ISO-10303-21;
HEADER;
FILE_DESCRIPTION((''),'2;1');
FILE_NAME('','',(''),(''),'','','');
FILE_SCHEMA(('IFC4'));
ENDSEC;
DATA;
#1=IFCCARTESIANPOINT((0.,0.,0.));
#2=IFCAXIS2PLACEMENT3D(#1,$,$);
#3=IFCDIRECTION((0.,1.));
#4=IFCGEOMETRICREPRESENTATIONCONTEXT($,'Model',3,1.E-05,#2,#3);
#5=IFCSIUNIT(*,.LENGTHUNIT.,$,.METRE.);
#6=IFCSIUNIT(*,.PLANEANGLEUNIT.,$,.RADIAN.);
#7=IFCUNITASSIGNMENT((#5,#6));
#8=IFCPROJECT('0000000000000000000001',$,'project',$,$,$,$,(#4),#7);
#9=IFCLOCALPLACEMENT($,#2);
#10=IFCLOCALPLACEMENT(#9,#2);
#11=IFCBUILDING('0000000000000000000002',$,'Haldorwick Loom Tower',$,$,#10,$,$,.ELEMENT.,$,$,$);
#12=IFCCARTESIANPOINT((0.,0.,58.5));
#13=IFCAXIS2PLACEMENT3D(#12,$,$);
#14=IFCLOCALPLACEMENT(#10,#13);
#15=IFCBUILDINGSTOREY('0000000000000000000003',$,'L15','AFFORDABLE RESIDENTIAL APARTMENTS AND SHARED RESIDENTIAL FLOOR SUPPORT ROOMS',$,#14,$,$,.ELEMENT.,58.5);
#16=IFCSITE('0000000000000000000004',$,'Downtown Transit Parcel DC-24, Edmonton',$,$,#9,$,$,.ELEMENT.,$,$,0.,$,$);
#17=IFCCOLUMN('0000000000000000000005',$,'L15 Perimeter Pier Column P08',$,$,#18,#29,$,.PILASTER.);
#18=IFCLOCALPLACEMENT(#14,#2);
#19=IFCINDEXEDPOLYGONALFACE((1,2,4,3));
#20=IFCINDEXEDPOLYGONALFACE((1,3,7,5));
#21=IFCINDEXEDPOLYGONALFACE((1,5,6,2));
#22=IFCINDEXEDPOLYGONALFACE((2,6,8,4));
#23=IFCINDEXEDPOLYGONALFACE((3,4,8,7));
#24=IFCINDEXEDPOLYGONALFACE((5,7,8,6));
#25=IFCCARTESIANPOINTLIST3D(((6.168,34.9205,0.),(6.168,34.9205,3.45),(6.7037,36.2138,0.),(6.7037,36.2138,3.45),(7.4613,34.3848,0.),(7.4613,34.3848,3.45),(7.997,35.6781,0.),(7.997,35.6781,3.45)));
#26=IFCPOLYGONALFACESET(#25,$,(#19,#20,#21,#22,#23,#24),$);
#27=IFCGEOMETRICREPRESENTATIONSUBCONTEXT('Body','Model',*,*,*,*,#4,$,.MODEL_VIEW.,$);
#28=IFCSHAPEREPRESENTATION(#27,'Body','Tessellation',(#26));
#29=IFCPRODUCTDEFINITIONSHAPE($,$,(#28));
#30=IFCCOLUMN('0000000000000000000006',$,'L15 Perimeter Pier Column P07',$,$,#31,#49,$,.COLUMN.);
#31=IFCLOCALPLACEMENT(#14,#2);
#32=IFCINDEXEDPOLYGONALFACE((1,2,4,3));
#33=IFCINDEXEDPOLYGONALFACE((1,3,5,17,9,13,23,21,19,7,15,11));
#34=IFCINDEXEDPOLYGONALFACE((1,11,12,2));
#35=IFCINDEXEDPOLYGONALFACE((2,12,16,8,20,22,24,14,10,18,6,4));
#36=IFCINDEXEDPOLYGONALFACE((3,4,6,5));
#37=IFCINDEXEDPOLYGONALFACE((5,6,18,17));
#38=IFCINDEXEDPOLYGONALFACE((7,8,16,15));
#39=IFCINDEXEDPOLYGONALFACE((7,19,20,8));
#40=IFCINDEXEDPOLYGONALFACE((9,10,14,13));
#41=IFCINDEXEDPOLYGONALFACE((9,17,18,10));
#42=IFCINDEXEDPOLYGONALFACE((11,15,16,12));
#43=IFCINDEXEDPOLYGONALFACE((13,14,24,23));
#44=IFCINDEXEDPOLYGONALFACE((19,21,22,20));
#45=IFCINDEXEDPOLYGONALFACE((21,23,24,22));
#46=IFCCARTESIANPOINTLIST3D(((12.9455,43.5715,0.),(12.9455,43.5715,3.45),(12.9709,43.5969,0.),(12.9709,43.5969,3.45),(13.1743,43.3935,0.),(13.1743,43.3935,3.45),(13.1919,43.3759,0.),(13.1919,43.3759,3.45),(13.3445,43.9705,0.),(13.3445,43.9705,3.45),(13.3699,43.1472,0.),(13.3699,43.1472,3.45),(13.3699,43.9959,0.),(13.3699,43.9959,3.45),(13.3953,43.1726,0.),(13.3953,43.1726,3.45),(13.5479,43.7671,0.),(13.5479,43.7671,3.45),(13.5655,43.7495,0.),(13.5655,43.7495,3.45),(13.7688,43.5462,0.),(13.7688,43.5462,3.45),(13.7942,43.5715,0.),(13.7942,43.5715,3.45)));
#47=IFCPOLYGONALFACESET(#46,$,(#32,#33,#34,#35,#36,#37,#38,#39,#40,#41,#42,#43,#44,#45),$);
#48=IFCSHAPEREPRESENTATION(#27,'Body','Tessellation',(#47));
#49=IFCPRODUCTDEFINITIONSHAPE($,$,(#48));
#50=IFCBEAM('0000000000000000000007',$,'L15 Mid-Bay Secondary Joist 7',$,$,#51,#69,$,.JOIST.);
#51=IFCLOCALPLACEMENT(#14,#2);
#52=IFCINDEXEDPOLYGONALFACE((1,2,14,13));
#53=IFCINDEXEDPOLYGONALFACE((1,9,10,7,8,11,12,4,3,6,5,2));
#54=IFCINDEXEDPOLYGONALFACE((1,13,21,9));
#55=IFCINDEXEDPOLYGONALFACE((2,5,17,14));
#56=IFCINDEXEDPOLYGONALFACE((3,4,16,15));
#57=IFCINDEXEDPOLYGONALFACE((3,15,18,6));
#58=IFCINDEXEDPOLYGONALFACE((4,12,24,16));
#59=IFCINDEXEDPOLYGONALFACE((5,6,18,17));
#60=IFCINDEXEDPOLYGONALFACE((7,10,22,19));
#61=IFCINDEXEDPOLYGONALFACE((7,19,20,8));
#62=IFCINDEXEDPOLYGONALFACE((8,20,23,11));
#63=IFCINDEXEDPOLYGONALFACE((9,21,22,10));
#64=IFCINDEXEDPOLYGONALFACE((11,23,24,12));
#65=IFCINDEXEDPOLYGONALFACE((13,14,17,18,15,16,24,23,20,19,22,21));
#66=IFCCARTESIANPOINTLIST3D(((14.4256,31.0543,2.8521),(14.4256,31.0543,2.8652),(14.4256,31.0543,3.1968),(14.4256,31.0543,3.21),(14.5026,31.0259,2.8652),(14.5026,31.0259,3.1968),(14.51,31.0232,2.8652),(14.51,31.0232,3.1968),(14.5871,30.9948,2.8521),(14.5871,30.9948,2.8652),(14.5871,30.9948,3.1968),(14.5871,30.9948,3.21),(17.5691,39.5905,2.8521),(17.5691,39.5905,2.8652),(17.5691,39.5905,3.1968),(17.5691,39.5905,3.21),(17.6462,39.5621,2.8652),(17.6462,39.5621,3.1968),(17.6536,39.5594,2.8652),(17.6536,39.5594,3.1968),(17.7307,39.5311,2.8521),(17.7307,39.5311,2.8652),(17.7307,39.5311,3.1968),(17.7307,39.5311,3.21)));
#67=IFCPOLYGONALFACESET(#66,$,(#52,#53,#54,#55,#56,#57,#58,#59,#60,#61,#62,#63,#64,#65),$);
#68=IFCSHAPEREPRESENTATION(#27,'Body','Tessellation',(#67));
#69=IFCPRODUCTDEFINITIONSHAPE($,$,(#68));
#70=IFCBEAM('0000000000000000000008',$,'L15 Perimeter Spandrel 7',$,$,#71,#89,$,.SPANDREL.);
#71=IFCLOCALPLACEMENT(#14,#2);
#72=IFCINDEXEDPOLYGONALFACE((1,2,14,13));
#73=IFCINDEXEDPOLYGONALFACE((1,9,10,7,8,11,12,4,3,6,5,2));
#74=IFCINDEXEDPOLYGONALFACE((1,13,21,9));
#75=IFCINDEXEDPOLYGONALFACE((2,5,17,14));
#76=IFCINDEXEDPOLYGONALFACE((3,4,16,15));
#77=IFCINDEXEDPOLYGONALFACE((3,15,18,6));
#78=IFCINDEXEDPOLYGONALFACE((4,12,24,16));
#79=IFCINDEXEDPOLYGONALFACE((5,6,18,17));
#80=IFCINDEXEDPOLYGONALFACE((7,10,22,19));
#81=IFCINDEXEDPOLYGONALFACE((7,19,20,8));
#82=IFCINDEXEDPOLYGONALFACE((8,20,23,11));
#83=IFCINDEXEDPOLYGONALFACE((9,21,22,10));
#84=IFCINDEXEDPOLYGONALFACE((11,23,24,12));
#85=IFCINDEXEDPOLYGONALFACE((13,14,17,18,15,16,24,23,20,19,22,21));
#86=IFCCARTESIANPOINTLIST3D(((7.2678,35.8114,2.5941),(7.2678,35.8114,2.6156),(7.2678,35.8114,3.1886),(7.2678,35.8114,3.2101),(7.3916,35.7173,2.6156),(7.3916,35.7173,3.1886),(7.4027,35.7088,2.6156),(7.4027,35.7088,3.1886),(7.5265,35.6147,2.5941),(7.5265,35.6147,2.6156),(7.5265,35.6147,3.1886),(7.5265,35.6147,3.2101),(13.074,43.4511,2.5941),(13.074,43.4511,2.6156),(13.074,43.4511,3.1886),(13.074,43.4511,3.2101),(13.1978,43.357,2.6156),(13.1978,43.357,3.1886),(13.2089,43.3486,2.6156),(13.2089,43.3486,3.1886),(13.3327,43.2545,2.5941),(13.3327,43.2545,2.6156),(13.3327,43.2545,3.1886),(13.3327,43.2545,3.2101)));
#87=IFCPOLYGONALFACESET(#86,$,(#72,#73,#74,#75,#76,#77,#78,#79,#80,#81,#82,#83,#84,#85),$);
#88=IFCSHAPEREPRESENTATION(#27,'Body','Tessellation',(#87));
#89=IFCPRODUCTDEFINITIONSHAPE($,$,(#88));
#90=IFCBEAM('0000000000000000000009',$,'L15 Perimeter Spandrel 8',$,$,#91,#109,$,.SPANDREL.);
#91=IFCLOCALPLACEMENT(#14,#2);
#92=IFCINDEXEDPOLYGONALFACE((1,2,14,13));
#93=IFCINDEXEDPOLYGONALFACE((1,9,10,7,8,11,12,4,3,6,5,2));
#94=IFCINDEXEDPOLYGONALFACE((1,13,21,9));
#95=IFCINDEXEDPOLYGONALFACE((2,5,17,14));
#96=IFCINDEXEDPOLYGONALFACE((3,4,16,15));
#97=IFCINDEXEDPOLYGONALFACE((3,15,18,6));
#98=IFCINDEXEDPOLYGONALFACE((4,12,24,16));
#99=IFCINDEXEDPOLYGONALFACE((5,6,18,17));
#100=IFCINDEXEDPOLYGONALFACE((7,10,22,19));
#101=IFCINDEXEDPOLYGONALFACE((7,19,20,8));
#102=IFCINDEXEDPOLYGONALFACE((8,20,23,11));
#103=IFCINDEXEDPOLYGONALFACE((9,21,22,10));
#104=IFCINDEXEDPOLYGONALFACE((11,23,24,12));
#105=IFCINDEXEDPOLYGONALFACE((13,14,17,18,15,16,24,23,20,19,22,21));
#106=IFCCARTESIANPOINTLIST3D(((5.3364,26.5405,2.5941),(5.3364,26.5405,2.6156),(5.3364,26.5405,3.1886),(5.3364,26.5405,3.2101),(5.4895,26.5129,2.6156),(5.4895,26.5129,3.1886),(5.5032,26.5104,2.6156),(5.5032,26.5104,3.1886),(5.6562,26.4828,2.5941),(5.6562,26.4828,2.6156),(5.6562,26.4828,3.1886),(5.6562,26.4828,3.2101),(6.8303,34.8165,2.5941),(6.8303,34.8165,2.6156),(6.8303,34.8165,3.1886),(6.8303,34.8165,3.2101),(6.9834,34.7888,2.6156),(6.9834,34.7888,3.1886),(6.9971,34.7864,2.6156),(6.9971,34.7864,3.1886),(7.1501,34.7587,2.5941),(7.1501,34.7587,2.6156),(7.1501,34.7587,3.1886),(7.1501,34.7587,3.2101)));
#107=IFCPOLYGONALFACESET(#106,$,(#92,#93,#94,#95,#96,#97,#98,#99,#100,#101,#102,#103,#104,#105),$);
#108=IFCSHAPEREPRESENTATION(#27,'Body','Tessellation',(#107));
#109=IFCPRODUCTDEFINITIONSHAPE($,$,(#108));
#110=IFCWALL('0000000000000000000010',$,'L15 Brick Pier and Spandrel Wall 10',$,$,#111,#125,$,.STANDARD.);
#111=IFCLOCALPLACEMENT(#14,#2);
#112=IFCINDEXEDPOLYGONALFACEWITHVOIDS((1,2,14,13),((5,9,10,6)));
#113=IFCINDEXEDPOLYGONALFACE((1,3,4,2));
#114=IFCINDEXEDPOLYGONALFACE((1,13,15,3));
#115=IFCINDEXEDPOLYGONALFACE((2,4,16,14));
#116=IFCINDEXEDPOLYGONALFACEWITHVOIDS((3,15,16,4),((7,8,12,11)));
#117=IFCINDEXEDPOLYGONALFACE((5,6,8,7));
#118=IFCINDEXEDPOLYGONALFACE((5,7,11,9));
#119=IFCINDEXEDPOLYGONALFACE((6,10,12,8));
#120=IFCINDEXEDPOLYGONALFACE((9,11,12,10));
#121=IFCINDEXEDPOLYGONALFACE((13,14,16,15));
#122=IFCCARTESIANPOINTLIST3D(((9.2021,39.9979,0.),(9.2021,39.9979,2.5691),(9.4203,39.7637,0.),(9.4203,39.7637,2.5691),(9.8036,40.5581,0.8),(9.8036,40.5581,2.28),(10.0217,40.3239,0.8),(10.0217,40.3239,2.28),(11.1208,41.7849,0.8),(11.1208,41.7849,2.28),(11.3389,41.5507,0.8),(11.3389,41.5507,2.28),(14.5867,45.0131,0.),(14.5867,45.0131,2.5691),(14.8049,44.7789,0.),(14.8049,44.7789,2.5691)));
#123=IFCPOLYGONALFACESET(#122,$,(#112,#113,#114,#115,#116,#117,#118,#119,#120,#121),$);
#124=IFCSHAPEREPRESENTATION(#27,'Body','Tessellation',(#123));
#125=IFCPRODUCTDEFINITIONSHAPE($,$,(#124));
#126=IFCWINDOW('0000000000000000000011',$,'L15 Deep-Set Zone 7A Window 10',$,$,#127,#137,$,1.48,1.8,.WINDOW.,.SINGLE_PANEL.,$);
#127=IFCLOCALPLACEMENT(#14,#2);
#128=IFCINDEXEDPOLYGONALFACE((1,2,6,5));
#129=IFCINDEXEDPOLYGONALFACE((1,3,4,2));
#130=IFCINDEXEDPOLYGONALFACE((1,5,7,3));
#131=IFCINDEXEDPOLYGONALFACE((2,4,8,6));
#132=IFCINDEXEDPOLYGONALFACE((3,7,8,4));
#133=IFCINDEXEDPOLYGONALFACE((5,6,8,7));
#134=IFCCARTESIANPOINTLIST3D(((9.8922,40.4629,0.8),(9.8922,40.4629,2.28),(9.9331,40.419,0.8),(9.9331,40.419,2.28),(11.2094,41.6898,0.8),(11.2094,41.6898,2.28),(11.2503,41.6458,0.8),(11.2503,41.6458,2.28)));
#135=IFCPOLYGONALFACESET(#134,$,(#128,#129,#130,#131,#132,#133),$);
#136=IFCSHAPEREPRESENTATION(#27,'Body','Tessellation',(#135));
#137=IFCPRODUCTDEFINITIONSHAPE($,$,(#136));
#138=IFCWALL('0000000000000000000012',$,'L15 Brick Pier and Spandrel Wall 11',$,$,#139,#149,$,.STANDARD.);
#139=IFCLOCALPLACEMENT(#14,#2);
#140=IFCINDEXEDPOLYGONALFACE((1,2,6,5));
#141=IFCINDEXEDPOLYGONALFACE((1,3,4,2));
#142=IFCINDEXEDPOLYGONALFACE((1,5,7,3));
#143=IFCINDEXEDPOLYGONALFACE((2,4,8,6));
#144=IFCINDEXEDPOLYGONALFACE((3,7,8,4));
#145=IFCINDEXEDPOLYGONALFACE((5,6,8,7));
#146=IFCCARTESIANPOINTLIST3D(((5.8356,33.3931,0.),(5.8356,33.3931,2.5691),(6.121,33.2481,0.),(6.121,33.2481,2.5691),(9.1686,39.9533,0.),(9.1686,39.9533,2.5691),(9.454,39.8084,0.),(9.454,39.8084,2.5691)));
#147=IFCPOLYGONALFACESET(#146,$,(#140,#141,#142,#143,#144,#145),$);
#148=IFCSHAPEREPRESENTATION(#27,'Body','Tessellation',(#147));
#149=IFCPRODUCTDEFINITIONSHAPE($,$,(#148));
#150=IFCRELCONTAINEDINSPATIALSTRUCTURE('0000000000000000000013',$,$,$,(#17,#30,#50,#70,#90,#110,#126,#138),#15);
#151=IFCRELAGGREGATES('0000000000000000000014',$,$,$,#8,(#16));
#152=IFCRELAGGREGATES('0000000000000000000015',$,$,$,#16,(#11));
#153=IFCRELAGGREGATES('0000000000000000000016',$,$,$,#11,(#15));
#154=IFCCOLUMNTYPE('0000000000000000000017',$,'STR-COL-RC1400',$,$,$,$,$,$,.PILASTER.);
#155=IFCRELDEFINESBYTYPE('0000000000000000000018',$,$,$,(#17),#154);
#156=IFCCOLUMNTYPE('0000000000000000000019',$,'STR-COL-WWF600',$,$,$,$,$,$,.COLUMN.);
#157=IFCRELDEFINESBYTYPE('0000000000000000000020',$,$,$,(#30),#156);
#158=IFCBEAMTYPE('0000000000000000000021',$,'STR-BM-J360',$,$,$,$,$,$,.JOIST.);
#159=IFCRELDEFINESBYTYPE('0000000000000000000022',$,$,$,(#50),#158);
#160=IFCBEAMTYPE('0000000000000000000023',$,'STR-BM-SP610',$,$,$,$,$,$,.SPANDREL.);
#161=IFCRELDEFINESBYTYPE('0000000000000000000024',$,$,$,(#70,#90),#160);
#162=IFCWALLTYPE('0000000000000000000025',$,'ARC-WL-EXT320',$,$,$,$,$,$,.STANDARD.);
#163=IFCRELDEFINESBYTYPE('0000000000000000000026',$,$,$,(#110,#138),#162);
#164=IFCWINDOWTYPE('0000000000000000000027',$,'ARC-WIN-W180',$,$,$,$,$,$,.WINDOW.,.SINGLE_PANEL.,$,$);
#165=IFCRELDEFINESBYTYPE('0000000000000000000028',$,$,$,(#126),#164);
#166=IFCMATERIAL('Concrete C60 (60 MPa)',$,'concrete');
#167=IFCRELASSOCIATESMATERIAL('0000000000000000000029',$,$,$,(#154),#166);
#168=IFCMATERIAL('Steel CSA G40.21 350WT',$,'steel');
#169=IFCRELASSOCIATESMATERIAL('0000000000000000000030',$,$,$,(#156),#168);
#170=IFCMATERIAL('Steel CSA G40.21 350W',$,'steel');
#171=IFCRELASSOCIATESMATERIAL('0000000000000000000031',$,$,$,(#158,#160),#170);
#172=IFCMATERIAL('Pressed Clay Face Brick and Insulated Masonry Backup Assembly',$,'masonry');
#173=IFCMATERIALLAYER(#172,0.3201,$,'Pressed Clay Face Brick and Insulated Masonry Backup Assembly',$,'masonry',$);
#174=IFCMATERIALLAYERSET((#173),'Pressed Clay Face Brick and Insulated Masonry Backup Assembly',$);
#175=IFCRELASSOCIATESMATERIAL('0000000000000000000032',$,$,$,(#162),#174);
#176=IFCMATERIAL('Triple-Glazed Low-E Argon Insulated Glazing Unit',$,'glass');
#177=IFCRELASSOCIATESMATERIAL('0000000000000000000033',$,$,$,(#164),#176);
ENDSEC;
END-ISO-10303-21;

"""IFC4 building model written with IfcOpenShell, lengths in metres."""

from ifc_helpers import new_model, si_unit, direction, frame, frame_2d, origin, origin_2d, place, context, subcontext, project, spatial, rectangle, i_section, extrude, material, layer, layer_set, material_profile, profile_set, type_object, element, fill, save


model = new_model("IFC4")

# Units and contexts
model_context = context("Model", 3, precision=1e-05, world=origin(), true_north=direction((0.0, 1.0)))
body_context = subcontext(model_context, "Body", "Model", "MODEL_VIEW")
ifc_project = project(units=[si_unit("LENGTHUNIT", "METRE"), si_unit("PLANEANGLEUNIT", "RADIAN")], contexts=[model_context])

# Site, building, storey
site_placement = place(None, origin())
site = spatial("IfcSite", under=ifc_project, at=site_placement, Name="Downtown Transit Parcel DC-24, Edmonton", CompositionType="ELEMENT", RefElevation=0.0)
building_placement = place(site_placement, origin())
building = spatial("IfcBuilding", under=site, at=building_placement, Name="Haldorwick Loom Tower", CompositionType="ELEMENT")
storey_placement = place(building_placement, frame((0.0, 0.0, 58.5)))
storey = spatial("IfcBuildingStorey", under=building, at=storey_placement, Name="L15", Description="AFFORDABLE RESIDENTIAL APARTMENTS AND SHARED RESIDENTIAL FLOOR SUPPORT ROOMS", CompositionType="ELEMENT", Elevation=58.5)

# Columns
ifc_material_1 = material(Name="Concrete C60 (60 MPa)", Category="concrete")
ifc_material_profile_1 = material_profile(ifc_material_1, rectangle(XDim=1.3999, YDim=1.3999, at=origin_2d()), Name="RC1400X1400", Category="concrete")
ifc_profile_set_1 = profile_set([ifc_material_profile_1], Name="Concrete C60 (60 MPa)")
column_type_1 = type_object("IfcColumnType", Name="STR-COL-RC1400", PredefinedType="PILASTER", material=ifc_profile_set_1)
column_1_placement = place(storey_placement, frame((7.0825, 35.2993, 0.0), z_axis=(0.0, 0.0, 1.0), x_axis=(-0.92388, 0.382683, 0.0)))
element("IfcColumn", 1, at=column_1_placement, inside=storey, type_object=column_type_1, Name="L15 Perimeter Pier Column P08", PredefinedType="PILASTER", context=body_context, shape_type="SweptSolid", body=[
    extrude(rectangle(XDim=1.3999, YDim=1.3999, at=origin_2d()), origin(), (0.0, 0.0, 1.0), 3.45),
])
ifc_material_2 = material(Name="Steel CSA G40.21 350WT", Category="steel")
ifc_material_profile_2 = material_profile(ifc_material_2, i_section(OverallWidth=0.6001, OverallDepth=0.6001, WebThickness=0.0249, FlangeThickness=0.0359, at=origin_2d()), Name="WWF600X600", Category="steel")
ifc_profile_set_2 = profile_set([ifc_material_profile_2], Name="Steel CSA G40.21 350WT")
column_type_2 = type_object("IfcColumnType", Name="STR-COL-WWF600", PredefinedType="COLUMN", material=ifc_profile_set_2)
column_2_placement = place(storey_placement, frame((13.3699, 43.5715, 0.0), z_axis=(0.0, 0.0, 1.0), x_axis=(-0.707107, 0.707107, 0.0)))
element("IfcColumn", 2, at=column_2_placement, inside=storey, type_object=column_type_2, Name="L15 Perimeter Pier Column P07", PredefinedType="COLUMN", context=body_context, shape_type="SweptSolid", body=[
    extrude(i_section(OverallWidth=0.6001, OverallDepth=0.6001, WebThickness=0.0249, FlangeThickness=0.0359, at=origin_2d()), origin(), (0.0, 0.0, 1.0), 3.45),
])

# Beams
ifc_material_3 = material(Name="Steel CSA G40.21 350W", Category="steel")
ifc_material_profile_3 = material_profile(ifc_material_3, i_section(OverallWidth=0.1721, OverallDepth=0.3579, WebThickness=0.0078, FlangeThickness=0.0132, at=origin_2d()), Name="W360X57", Category="steel")
ifc_profile_set_3 = profile_set([ifc_material_profile_3], Name="Steel CSA G40.21 350W")
beam_type_1 = type_object("IfcBeamType", Name="STR-BM-J360", PredefinedType="JOIST", material=ifc_profile_set_3)
beam_1_placement = place(storey_placement, frame((17.6499, 39.5608, 3.031), z_axis=(-0.345576, -0.938391, 0.0), x_axis=(0.938391, -0.345576, 0.0)))
element("IfcBeam", 3, at=beam_1_placement, inside=storey, type_object=beam_type_1, Name="L15 Mid-Bay Secondary Joist 7", PredefinedType="JOIST", context=body_context, shape_type="SweptSolid", body=[
    extrude(i_section(OverallWidth=0.1721, OverallDepth=0.3579, WebThickness=0.0078, FlangeThickness=0.0132, at=origin_2d()), origin(), (0.0, 0.0, 1.0), 9.0967),
])
ifc_material_profile_4 = material_profile(ifc_material_3, i_section(OverallWidth=0.325, OverallDepth=0.616, WebThickness=0.0139, FlangeThickness=0.0215, at=origin_2d()), Name="W610X174", Category="steel")
ifc_profile_set_4 = profile_set([ifc_material_profile_4], Name="Steel CSA G40.21 350W")
beam_type_2 = type_object("IfcBeamType", Name="STR-BM-SP610", PredefinedType="SPANDREL", material=ifc_profile_set_4)
beam_2_placement = place(storey_placement, frame((13.2034, 43.3528, 2.9021), z_axis=(-0.605085, -0.796161, 0.0), x_axis=(0.796161, -0.605085, 0.0)))
element("IfcBeam", 4, at=beam_2_placement, inside=storey, type_object=beam_type_2, Name="L15 Perimeter Spandrel 7", PredefinedType="SPANDREL", context=body_context, shape_type="SweptSolid", body=[
    extrude(i_section(OverallWidth=0.325, OverallDepth=0.616, WebThickness=0.0139, FlangeThickness=0.0215, at=origin_2d()), origin(), (0.0, 0.0, 1.0), 9.5957),
])
beam_3_placement = place(storey_placement, frame((6.9902, 34.7876, 2.9021), z_axis=(-0.177641, -0.984095, 0.0), x_axis=(0.984095, -0.177641, 0.0)))
element("IfcBeam", 5, at=beam_3_placement, inside=storey, type_object=beam_type_2, Name="L15 Perimeter Spandrel 8", PredefinedType="SPANDREL", context=body_context, shape_type="SweptSolid", body=[
    extrude(i_section(OverallWidth=0.325, OverallDepth=0.616, WebThickness=0.0139, FlangeThickness=0.0215, at=origin_2d()), origin(), (0.0, 0.0, 1.0), 8.4097),
])

# Wall, opening, window
ifc_material_4 = material(Name="Pressed Clay Face Brick and Insulated Masonry Backup Assembly", Category="masonry")
ifc_layer_1 = layer(ifc_material_4, 0.3201, Name="Pressed Clay Face Brick and Insulated Masonry Backup Assembly", Category="masonry")
ifc_layer_set_1 = layer_set([ifc_layer_1], Name="Pressed Clay Face Brick and Insulated Masonry Backup Assembly")
wall_type_1 = type_object("IfcWallType", Name="ARC-WL-EXT320", PredefinedType="STANDARD", material=ifc_layer_set_1)
wall_1_placement = place(storey_placement, frame((14.6958, 44.896, 0.0), z_axis=(0.0, 0.0, 1.0), x_axis=(-0.731761, -0.681561, 0.0)))
wall_1 = element("IfcWall", 6, at=wall_1_placement, inside=storey, type_object=wall_type_1, Name="L15 Brick Pier and Spandrel Wall 10", PredefinedType="STANDARD", context=body_context, shape_type="SweptSolid", body=[
    extrude(rectangle(XDim=7.3584, YDim=0.3201, at=frame_2d((3.6792, 0.0))), origin(), (0.0, 0.0, 1.0), 2.5691),
])
opening_1_placement = place(wall_1_placement, frame((4.7366, 0.0, 0.8)))
opening_1 = element("IfcOpeningElement", 7, at=opening_1_placement, cuts=wall_1, PredefinedType="OPENING", context=body_context, shape_type="SweptSolid", body=[
    extrude(rectangle(XDim=1.8, YDim=1.48, at=frame_2d((0.8999, 0.74))), frame((0.0, 0.1699, 0.0), z_axis=(0.0, -1.0, 0.0), x_axis=(1.0, 0.0, 0.0)), (0.0, 0.0, 1.0), 0.3401),
])
ifc_material_5 = material(Name="Triple-Glazed Low-E Argon Insulated Glazing Unit", Category="glass")
window_type = type_object("IfcWindowType", Name="ARC-WIN-W180", PartitioningType="SINGLE_PANEL", PredefinedType="WINDOW", material=ifc_material_5)
window_1_placement = place(opening_1_placement, origin())
window_1 = element("IfcWindow", 8, at=window_1_placement, inside=storey, type_object=window_type, Name="L15 Deep-Set Zone 7A Window 10", OverallHeight=1.48, OverallWidth=1.8, PartitioningType="SINGLE_PANEL", PredefinedType="WINDOW", context=body_context, shape_type="SweptSolid", body=[
    extrude(rectangle(XDim=1.8, YDim=1.48, at=frame_2d((0.8999, 0.74))), frame((0.0, 0.03, 0.0), z_axis=(0.0, -1.0, 0.0), x_axis=(1.0, 0.0, 0.0)), (0.0, 0.0, 1.0), 0.0601),
])
fill(opening_1, window_1)

# Wall
wall_2_placement = place(storey_placement, frame((9.3113, 39.8809, 0.0), z_axis=(0.0, 0.0, 1.0), x_axis=(-0.452951, -0.891535, 0.0)))
element("IfcWall", 9, at=wall_2_placement, inside=storey, type_object=wall_type_1, Name="L15 Brick Pier and Spandrel Wall 11", PredefinedType="STANDARD", context=body_context, shape_type="SweptSolid", body=[
    extrude(rectangle(XDim=7.3584, YDim=0.3201, at=frame_2d((3.6792, 0.0))), origin(), (0.0, 0.0, 1.0), 2.5691),
])

save(model, "model.ifc")
